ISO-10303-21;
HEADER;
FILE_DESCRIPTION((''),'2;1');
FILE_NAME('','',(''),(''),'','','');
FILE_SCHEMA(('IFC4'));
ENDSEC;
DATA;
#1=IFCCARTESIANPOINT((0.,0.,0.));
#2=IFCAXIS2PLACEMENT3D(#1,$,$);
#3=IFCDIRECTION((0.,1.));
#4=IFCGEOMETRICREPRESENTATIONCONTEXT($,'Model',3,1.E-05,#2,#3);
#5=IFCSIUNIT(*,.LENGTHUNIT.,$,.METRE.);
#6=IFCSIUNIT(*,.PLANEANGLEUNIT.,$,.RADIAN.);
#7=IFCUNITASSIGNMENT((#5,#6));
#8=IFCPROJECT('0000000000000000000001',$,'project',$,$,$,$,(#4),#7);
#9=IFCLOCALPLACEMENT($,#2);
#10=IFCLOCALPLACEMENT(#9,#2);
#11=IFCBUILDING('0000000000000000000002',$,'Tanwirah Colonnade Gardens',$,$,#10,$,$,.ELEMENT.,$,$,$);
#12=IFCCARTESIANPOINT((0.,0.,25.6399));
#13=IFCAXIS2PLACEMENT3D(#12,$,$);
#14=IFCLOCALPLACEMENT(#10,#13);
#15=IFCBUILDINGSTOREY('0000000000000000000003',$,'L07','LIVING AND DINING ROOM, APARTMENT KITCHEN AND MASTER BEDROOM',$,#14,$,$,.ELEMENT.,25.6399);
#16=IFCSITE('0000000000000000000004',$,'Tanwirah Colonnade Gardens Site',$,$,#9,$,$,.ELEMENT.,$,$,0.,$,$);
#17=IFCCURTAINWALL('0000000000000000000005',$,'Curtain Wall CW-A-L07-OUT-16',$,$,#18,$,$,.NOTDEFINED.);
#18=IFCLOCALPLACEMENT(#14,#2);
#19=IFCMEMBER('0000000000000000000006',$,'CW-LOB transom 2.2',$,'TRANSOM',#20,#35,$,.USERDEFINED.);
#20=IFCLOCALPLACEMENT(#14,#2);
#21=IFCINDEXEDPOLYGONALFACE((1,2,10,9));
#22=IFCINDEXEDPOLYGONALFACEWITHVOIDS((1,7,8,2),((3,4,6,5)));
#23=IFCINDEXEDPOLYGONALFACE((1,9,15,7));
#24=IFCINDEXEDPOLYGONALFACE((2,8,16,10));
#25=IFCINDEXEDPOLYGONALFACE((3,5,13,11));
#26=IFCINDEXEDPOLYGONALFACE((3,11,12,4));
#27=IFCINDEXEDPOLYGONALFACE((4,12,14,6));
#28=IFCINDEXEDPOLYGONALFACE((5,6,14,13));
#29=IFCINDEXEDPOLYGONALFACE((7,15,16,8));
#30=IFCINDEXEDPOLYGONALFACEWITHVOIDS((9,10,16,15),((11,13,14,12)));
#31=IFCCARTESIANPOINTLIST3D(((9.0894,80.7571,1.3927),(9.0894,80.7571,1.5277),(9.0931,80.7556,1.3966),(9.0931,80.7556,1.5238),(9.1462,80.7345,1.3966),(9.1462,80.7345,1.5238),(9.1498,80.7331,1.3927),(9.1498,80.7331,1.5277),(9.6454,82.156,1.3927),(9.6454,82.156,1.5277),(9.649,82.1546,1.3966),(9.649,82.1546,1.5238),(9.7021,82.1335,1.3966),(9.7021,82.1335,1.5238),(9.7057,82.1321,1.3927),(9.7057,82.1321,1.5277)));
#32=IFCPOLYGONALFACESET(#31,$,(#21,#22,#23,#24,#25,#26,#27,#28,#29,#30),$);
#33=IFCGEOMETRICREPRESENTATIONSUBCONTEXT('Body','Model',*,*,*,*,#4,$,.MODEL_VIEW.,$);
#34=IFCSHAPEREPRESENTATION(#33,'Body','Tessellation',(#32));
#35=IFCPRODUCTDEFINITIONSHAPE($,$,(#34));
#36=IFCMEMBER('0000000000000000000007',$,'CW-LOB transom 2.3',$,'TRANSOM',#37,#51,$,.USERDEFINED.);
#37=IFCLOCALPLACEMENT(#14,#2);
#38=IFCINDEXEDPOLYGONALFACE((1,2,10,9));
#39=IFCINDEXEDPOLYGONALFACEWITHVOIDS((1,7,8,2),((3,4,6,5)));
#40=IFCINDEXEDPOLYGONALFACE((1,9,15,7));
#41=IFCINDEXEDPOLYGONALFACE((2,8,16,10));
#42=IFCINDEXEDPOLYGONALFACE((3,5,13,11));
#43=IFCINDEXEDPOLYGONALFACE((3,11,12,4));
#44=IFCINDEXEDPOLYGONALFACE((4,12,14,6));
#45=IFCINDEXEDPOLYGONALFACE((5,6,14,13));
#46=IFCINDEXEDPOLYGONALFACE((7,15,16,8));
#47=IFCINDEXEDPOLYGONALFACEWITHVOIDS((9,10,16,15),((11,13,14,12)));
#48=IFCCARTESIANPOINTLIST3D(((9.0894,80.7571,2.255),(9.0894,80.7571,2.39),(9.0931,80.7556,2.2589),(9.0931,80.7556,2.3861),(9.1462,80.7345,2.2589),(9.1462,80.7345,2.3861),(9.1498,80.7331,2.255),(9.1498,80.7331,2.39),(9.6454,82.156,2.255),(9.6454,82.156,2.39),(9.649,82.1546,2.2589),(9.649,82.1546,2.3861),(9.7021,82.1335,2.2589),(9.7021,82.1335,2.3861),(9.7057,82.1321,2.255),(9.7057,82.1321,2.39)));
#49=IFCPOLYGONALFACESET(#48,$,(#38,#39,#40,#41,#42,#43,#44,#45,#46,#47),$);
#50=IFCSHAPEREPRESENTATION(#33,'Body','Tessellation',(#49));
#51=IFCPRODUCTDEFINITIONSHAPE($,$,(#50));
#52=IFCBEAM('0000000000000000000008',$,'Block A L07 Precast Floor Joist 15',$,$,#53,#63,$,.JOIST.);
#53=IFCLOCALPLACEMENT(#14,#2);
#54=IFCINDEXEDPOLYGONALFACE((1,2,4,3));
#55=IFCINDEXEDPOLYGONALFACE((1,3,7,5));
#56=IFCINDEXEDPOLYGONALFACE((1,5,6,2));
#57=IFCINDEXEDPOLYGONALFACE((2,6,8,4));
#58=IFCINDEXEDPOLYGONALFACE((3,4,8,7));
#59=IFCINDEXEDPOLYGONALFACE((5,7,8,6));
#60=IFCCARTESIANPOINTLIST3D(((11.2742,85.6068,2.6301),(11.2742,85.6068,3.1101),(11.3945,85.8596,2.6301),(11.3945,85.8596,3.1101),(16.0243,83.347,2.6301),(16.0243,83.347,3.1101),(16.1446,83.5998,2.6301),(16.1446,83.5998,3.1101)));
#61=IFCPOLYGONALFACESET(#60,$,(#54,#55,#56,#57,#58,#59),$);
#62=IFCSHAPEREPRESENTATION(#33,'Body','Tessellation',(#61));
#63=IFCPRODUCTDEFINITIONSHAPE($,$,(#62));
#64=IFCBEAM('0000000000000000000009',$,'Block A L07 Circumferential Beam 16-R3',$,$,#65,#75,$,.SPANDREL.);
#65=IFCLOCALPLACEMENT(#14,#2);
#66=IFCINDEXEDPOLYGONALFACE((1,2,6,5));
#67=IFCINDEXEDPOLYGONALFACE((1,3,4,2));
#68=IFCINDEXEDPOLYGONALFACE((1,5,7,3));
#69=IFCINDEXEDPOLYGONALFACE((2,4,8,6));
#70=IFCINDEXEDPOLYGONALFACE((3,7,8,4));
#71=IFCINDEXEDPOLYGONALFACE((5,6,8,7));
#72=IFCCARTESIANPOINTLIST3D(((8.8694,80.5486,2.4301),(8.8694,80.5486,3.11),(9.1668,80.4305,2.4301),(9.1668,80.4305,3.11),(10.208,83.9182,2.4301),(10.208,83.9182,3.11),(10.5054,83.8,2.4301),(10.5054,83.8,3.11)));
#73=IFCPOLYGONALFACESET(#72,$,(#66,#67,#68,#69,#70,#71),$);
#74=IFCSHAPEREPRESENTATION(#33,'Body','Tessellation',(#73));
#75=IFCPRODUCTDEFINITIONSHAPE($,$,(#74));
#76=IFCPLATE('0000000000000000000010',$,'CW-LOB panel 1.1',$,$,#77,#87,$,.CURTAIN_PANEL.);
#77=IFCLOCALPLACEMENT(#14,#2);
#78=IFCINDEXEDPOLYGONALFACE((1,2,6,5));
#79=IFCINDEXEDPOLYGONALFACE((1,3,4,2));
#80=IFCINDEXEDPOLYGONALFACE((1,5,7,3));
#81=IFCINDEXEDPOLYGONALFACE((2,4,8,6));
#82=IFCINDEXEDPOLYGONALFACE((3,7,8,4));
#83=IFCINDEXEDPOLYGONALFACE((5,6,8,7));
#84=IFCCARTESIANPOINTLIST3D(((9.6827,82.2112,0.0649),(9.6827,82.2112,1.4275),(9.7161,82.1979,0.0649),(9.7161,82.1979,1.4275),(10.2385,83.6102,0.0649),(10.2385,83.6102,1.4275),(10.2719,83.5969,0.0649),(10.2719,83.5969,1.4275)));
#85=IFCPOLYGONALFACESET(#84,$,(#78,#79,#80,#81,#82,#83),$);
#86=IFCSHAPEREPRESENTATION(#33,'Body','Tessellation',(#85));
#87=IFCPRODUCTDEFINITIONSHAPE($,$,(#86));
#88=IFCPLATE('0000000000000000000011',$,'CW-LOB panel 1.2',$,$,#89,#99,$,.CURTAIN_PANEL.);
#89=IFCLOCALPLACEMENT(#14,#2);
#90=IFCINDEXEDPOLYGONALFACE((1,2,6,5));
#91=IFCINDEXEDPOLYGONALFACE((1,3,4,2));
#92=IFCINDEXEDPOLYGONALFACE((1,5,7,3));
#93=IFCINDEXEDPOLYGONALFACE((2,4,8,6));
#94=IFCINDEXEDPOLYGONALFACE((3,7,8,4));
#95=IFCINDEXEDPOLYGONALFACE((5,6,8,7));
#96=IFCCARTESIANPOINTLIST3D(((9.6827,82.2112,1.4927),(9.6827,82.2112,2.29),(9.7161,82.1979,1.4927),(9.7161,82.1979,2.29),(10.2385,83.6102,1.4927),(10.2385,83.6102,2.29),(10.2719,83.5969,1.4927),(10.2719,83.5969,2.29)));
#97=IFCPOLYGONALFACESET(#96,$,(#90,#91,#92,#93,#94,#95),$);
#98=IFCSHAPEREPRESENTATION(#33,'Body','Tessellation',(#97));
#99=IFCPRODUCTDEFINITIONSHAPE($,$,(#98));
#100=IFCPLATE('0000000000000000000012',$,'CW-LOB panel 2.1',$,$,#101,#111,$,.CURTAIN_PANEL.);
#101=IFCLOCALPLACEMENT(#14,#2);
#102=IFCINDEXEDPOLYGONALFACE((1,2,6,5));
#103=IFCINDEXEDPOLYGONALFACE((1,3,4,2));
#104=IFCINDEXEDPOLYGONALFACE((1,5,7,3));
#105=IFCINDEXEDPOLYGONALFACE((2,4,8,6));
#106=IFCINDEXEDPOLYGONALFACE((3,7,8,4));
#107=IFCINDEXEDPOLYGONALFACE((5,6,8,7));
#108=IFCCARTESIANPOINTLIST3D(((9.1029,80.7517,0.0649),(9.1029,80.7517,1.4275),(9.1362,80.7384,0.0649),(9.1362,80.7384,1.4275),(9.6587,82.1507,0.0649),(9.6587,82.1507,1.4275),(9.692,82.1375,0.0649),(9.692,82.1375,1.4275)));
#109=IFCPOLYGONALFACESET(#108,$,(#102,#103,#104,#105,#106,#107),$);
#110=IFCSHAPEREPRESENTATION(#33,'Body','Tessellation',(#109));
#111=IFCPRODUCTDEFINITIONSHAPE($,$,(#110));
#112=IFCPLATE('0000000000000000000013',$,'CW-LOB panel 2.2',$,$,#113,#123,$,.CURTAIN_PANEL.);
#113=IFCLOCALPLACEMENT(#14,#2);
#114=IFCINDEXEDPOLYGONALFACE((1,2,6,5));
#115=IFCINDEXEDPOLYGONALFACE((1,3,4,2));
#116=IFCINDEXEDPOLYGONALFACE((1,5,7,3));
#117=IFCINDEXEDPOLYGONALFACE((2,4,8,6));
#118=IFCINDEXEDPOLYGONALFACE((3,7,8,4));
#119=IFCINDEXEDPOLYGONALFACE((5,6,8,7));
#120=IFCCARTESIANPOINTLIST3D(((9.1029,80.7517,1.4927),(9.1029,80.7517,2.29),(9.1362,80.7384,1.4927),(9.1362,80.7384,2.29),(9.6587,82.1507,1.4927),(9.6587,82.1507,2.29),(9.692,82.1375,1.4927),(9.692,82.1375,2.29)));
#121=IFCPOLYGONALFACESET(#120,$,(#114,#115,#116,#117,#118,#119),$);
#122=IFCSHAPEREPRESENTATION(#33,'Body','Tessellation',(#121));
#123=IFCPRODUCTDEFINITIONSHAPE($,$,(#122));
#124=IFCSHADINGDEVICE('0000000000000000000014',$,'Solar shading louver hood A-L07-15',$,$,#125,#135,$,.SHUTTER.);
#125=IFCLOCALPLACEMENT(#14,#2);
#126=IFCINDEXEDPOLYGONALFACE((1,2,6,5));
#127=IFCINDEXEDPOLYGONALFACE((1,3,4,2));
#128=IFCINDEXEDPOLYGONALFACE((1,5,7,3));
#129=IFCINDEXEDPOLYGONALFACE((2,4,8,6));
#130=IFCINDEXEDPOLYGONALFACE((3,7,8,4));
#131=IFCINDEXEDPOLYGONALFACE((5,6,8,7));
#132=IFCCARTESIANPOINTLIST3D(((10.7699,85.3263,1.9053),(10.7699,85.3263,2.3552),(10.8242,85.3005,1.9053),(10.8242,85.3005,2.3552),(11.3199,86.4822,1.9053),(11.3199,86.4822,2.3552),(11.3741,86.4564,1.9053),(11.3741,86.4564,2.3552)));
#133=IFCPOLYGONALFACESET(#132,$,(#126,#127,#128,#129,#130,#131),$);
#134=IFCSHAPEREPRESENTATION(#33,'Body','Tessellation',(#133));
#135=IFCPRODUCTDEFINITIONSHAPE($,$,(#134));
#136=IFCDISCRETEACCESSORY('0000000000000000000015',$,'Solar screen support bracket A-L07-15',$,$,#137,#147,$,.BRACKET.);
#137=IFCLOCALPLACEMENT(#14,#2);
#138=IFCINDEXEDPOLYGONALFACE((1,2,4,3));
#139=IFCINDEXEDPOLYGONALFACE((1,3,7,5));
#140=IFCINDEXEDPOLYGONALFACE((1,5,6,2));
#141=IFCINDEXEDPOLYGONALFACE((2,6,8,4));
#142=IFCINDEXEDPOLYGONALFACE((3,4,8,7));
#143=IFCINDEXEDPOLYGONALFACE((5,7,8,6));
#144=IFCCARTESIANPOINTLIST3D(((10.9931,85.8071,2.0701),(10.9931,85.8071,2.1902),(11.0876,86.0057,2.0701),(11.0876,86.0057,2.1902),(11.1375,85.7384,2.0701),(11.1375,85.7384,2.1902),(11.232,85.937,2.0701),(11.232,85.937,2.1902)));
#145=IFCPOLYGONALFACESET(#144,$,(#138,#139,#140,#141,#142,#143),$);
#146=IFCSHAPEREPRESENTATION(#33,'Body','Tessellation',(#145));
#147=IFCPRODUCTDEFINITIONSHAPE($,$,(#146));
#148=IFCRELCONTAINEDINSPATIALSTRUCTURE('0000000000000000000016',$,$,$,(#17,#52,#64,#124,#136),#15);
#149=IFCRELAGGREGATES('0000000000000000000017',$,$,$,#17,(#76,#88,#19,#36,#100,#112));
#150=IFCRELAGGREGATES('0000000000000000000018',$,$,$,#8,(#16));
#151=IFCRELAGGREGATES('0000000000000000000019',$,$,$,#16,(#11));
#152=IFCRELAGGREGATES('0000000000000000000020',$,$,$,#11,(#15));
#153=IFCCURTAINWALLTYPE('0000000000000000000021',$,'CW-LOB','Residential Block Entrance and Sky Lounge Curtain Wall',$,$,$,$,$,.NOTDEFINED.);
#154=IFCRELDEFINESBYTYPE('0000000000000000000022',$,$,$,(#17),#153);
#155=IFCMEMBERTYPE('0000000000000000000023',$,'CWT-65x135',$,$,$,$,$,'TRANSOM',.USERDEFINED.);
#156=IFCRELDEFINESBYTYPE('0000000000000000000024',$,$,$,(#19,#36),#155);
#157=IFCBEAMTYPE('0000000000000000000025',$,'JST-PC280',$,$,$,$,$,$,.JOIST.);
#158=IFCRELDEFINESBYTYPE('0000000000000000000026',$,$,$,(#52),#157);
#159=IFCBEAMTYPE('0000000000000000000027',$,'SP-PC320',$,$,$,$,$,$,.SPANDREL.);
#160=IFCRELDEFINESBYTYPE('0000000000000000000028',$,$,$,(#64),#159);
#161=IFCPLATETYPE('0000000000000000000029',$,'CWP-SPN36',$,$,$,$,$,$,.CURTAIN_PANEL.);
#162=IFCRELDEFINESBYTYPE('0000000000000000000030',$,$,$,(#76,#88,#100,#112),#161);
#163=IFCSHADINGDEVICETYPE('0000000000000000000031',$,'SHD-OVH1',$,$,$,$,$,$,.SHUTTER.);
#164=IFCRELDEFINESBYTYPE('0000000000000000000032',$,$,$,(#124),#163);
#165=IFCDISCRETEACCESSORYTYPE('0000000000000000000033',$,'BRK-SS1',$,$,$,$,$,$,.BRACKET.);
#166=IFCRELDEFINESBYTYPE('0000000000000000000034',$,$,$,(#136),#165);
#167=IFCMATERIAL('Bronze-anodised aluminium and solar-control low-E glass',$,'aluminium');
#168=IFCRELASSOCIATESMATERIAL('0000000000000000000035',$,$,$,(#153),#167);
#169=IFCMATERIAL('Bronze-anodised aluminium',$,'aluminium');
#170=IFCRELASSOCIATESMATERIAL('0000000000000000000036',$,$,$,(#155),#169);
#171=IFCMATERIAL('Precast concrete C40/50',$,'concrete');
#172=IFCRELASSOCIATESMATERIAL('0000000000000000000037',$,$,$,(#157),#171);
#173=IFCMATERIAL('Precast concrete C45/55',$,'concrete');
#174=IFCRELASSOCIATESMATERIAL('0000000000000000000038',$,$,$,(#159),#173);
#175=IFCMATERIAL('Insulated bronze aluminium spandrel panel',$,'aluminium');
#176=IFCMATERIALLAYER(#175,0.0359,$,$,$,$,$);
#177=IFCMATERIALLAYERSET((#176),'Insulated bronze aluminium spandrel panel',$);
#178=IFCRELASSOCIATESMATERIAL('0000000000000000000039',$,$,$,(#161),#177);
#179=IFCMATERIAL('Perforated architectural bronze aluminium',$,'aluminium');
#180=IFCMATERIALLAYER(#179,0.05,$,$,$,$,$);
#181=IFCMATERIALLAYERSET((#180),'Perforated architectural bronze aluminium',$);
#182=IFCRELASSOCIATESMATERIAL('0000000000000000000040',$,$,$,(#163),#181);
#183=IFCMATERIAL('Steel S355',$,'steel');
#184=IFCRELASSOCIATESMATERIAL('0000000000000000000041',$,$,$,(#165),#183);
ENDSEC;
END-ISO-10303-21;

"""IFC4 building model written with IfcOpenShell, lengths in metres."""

from ifc_helpers import new_model, si_unit, direction, frame, origin, origin_2d, place, context, subcontext, project, spatial, rectangle, hollow_rectangle, extrude, material, layer, layer_set, material_profile, profile_set, type_object, element, aggregate, save


model = new_model("IFC4")

# Units and contexts
model_context = context("Model", 3, precision=1e-05, world=origin(), true_north=direction((0.0, 1.0)))
body_context = subcontext(model_context, "Body", "Model", "MODEL_VIEW")
ifc_project = project(units=[si_unit("LENGTHUNIT", "METRE"), si_unit("PLANEANGLEUNIT", "RADIAN")], contexts=[model_context])

# Site, building, storey
site_placement = place(None, origin())
site = spatial("IfcSite", under=ifc_project, at=site_placement, Name="Tanwirah Colonnade Gardens Site", CompositionType="ELEMENT", RefElevation=0.0)
building_placement = place(site_placement, origin())
building = spatial("IfcBuilding", under=site, at=building_placement, Name="Tanwirah Colonnade Gardens", CompositionType="ELEMENT")
storey_placement = place(building_placement, frame((0.0, 0.0, 25.6399)))
storey = spatial("IfcBuildingStorey", under=building, at=storey_placement, Name="L07", Description="LIVING AND DINING ROOM, APARTMENT KITCHEN AND MASTER BEDROOM", CompositionType="ELEMENT", Elevation=25.6399)

# Shared definitions
ifc_material_1 = material(Name="Precast concrete C40/50", Category="concrete")

# Shared definitions
ifc_material_2 = material(Name="Precast concrete C45/55", Category="concrete")

# Curtain wall, members
ifc_material_3 = material(Name="Bronze-anodised aluminium and solar-control low-E glass", Category="aluminium")
curtain_wall_type = type_object("IfcCurtainWallType", Name="CW-LOB", Description="Residential Block Entrance and Sky Lounge Curtain Wall", PredefinedType="NOTDEFINED", material=ifc_material_3)
curtain_wall_placement = place(storey_placement, origin())
curtain_wall = element("IfcCurtainWall", 1, at=curtain_wall_placement, inside=storey, type_object=curtain_wall_type, Name="Curtain Wall CW-A-L07-OUT-16", PredefinedType="NOTDEFINED")
ifc_material_4 = material(Name="Bronze-anodised aluminium", Category="aluminium")
ifc_material_profile_1 = material_profile(ifc_material_4, hollow_rectangle(XDim=0.0649, YDim=0.135, WallThickness=0.0039, at=origin_2d()), Name="CW-TRN 65x135x4")
ifc_profile_set_1 = profile_set([ifc_material_profile_1], Name="Bronze-anodised aluminium")
member_type_1 = type_object("IfcMemberType", Name="CWT-65x135", ElementType="TRANSOM", PredefinedType="USERDEFINED", material=ifc_profile_set_1)
member_1_placement = place(storey_placement, frame((9.6755, 82.144, 1.4602), z_axis=(-0.369293, -0.929313, 0.0), x_axis=(0.929313, -0.369293, 0.0)))
member_1 = element("IfcMember", 2, at=member_1_placement, type_object=member_type_1, Name="CW-LOB transom 2.2", ObjectType="TRANSOM", PredefinedType="USERDEFINED", context=body_context, shape_type="SweptSolid", body=[
    extrude(hollow_rectangle(XDim=0.0649, YDim=0.135, WallThickness=0.0039, at=origin_2d()), origin(), (0.0, 0.0, 1.0), 1.5054),
])
member_2_placement = place(storey_placement, frame((9.6755, 82.144, 2.3225), z_axis=(-0.369293, -0.929313, 0.0), x_axis=(0.929313, -0.369293, 0.0)))
member_2 = element("IfcMember", 3, at=member_2_placement, type_object=member_type_1, Name="CW-LOB transom 2.3", ObjectType="TRANSOM", PredefinedType="USERDEFINED", context=body_context, shape_type="SweptSolid", body=[
    extrude(hollow_rectangle(XDim=0.0649, YDim=0.135, WallThickness=0.0039, at=origin_2d()), origin(), (0.0, 0.0, 1.0), 1.5054),
])

# Beams
ifc_material_profile_2 = material_profile(ifc_material_1, rectangle(XDim=0.28, YDim=0.48, at=origin_2d()), Name="PC-JST 280x480")
ifc_profile_set_2 = profile_set([ifc_material_profile_2], Name="Precast concrete C40/50")
beam_type_1 = type_object("IfcBeamType", Name="JST-PC280", PredefinedType="JOIST", material=ifc_profile_set_2)
beam_1_placement = place(storey_placement, frame((16.0845, 83.4734, 2.8701), z_axis=(-0.903018, 0.429602, 0.0), x_axis=(-0.429602, -0.903018, 0.0)))
element("IfcBeam", 4, at=beam_1_placement, inside=storey, type_object=beam_type_1, Name="Block A L07 Precast Floor Joist 15", PredefinedType="JOIST", context=body_context, shape_type="SweptSolid", body=[
    extrude(rectangle(XDim=0.28, YDim=0.48, at=origin_2d()), origin(), (0.0, 0.0, 1.0), 5.2603),
])
ifc_material_profile_3 = material_profile(ifc_material_2, rectangle(XDim=0.3201, YDim=0.6799, at=origin_2d()), Name="PC-SP 320x680")
ifc_profile_set_3 = profile_set([ifc_material_profile_3], Name="Precast concrete C45/55")
beam_type_2 = type_object("IfcBeamType", Name="SP-PC320", PredefinedType="SPANDREL", material=ifc_profile_set_3)
beam_2_placement = place(storey_placement, frame((10.3567, 83.8591, 2.77), z_axis=(-0.369195, -0.929352, 0.0), x_axis=(0.929352, -0.369195, 0.0)))
element("IfcBeam", 5, at=beam_2_placement, inside=storey, type_object=beam_type_2, Name="Block A L07 Circumferential Beam 16-R3", PredefinedType="SPANDREL", context=body_context, shape_type="SweptSolid", body=[
    extrude(rectangle(XDim=0.3201, YDim=0.6799, at=origin_2d()), origin(), (0.0, 0.0, 1.0), 3.6257),
])

# Plates
ifc_material_5 = material(Name="Insulated bronze aluminium spandrel panel", Category="aluminium")
ifc_layer_1 = layer(ifc_material_5, 0.0359)
ifc_layer_set_1 = layer_set([ifc_layer_1], Name="Insulated bronze aluminium spandrel panel")
plate_type = type_object("IfcPlateType", Name="CWP-SPN36", PredefinedType="CURTAIN_PANEL", material=ifc_layer_set_1)
plate_1_placement = place(storey_placement, frame((9.9773, 82.9041, 0.0649), z_axis=(0.0, 0.0, 1.0), x_axis=(-0.369208, -0.929347, 0.0)))
plate_1 = element("IfcPlate", 6, at=plate_1_placement, type_object=plate_type, Name="CW-LOB panel 1.1", PredefinedType="CURTAIN_PANEL", context=body_context, shape_type="SweptSolid", body=[
    extrude(rectangle(XDim=1.5054, YDim=0.0359, at=origin_2d()), origin(), (0.0, 0.0, 1.0), 1.3625),
])
plate_2_placement = place(storey_placement, frame((9.9773, 82.9041, 1.4927), z_axis=(0.0, 0.0, 1.0), x_axis=(-0.369208, -0.929347, 0.0)))
plate_2 = element("IfcPlate", 7, at=plate_2_placement, type_object=plate_type, Name="CW-LOB panel 1.2", PredefinedType="CURTAIN_PANEL", context=body_context, shape_type="SweptSolid", body=[
    extrude(rectangle(XDim=1.5054, YDim=0.0359, at=origin_2d()), origin(), (0.0, 0.0, 1.0), 0.7974),
])
plate_3_placement = place(storey_placement, frame((9.3975, 81.4446, 0.0649), z_axis=(0.0, 0.0, 1.0), x_axis=(-0.369208, -0.929347, 0.0)))
plate_3 = element("IfcPlate", 8, at=plate_3_placement, type_object=plate_type, Name="CW-LOB panel 2.1", PredefinedType="CURTAIN_PANEL", context=body_context, shape_type="SweptSolid", body=[
    extrude(rectangle(XDim=1.5054, YDim=0.0359, at=origin_2d()), origin(), (0.0, 0.0, 1.0), 1.3625),
])
plate_4_placement = place(storey_placement, frame((9.3975, 81.4446, 1.4927), z_axis=(0.0, 0.0, 1.0), x_axis=(-0.369208, -0.929347, 0.0)))
plate_4 = element("IfcPlate", 9, at=plate_4_placement, type_object=plate_type, Name="CW-LOB panel 2.2", PredefinedType="CURTAIN_PANEL", context=body_context, shape_type="SweptSolid", body=[
    extrude(rectangle(XDim=1.5054, YDim=0.0359, at=origin_2d()), origin(), (0.0, 0.0, 1.0), 0.7974),
])
aggregate(curtain_wall, [plate_1, plate_2, member_1, member_2, plate_3, plate_4])

# Shading device
ifc_material_6 = material(Name="Perforated architectural bronze aluminium", Category="aluminium")
ifc_layer_2 = layer(ifc_material_6, 0.05)
ifc_layer_set_2 = layer_set([ifc_layer_2], Name="Perforated architectural bronze aluminium")
shading_device_type = type_object("IfcShadingDeviceType", Name="SHD-OVH1", PredefinedType="SHUTTER", material=ifc_layer_set_2)
shading_device_placement = place(storey_placement, frame((11.072, 85.8914, 1.9053), z_axis=(0.0, 0.0, 1.0), x_axis=(-0.429636, -0.903002, 0.0)))
element("IfcShadingDevice", 10, at=shading_device_placement, inside=storey, type_object=shading_device_type, Name="Solar shading louver hood A-L07-15", PredefinedType="SHUTTER", context=body_context, shape_type="SweptSolid", body=[
    extrude(rectangle(XDim=1.28, YDim=0.0601, at=origin_2d()), origin(), (0.0, 0.0, 1.0), 0.45),
])

# Discrete accessory
ifc_material_7 = material(Name="Steel S355", Category="steel")
discrete_accessory_type = type_object("IfcDiscreteAccessoryType", Name="BRK-SS1", PredefinedType="BRACKET", material=ifc_material_7)
discrete_accessory_placement = place(storey_placement, frame((11.1125, 85.8721, 2.0701), z_axis=(0.0, 0.0, 1.0), x_axis=(-0.429636, -0.903002, 0.0)))
element("IfcDiscreteAccessory", 11, at=discrete_accessory_placement, inside=storey, type_object=discrete_accessory_type, Name="Solar screen support bracket A-L07-15", PredefinedType="BRACKET", context=body_context, shape_type="SweptSolid", body=[
    extrude(rectangle(XDim=0.22, YDim=0.1599, at=origin_2d()), origin(), (0.0, 0.0, 1.0), 0.1201),
])

save(model, "model.ifc")
